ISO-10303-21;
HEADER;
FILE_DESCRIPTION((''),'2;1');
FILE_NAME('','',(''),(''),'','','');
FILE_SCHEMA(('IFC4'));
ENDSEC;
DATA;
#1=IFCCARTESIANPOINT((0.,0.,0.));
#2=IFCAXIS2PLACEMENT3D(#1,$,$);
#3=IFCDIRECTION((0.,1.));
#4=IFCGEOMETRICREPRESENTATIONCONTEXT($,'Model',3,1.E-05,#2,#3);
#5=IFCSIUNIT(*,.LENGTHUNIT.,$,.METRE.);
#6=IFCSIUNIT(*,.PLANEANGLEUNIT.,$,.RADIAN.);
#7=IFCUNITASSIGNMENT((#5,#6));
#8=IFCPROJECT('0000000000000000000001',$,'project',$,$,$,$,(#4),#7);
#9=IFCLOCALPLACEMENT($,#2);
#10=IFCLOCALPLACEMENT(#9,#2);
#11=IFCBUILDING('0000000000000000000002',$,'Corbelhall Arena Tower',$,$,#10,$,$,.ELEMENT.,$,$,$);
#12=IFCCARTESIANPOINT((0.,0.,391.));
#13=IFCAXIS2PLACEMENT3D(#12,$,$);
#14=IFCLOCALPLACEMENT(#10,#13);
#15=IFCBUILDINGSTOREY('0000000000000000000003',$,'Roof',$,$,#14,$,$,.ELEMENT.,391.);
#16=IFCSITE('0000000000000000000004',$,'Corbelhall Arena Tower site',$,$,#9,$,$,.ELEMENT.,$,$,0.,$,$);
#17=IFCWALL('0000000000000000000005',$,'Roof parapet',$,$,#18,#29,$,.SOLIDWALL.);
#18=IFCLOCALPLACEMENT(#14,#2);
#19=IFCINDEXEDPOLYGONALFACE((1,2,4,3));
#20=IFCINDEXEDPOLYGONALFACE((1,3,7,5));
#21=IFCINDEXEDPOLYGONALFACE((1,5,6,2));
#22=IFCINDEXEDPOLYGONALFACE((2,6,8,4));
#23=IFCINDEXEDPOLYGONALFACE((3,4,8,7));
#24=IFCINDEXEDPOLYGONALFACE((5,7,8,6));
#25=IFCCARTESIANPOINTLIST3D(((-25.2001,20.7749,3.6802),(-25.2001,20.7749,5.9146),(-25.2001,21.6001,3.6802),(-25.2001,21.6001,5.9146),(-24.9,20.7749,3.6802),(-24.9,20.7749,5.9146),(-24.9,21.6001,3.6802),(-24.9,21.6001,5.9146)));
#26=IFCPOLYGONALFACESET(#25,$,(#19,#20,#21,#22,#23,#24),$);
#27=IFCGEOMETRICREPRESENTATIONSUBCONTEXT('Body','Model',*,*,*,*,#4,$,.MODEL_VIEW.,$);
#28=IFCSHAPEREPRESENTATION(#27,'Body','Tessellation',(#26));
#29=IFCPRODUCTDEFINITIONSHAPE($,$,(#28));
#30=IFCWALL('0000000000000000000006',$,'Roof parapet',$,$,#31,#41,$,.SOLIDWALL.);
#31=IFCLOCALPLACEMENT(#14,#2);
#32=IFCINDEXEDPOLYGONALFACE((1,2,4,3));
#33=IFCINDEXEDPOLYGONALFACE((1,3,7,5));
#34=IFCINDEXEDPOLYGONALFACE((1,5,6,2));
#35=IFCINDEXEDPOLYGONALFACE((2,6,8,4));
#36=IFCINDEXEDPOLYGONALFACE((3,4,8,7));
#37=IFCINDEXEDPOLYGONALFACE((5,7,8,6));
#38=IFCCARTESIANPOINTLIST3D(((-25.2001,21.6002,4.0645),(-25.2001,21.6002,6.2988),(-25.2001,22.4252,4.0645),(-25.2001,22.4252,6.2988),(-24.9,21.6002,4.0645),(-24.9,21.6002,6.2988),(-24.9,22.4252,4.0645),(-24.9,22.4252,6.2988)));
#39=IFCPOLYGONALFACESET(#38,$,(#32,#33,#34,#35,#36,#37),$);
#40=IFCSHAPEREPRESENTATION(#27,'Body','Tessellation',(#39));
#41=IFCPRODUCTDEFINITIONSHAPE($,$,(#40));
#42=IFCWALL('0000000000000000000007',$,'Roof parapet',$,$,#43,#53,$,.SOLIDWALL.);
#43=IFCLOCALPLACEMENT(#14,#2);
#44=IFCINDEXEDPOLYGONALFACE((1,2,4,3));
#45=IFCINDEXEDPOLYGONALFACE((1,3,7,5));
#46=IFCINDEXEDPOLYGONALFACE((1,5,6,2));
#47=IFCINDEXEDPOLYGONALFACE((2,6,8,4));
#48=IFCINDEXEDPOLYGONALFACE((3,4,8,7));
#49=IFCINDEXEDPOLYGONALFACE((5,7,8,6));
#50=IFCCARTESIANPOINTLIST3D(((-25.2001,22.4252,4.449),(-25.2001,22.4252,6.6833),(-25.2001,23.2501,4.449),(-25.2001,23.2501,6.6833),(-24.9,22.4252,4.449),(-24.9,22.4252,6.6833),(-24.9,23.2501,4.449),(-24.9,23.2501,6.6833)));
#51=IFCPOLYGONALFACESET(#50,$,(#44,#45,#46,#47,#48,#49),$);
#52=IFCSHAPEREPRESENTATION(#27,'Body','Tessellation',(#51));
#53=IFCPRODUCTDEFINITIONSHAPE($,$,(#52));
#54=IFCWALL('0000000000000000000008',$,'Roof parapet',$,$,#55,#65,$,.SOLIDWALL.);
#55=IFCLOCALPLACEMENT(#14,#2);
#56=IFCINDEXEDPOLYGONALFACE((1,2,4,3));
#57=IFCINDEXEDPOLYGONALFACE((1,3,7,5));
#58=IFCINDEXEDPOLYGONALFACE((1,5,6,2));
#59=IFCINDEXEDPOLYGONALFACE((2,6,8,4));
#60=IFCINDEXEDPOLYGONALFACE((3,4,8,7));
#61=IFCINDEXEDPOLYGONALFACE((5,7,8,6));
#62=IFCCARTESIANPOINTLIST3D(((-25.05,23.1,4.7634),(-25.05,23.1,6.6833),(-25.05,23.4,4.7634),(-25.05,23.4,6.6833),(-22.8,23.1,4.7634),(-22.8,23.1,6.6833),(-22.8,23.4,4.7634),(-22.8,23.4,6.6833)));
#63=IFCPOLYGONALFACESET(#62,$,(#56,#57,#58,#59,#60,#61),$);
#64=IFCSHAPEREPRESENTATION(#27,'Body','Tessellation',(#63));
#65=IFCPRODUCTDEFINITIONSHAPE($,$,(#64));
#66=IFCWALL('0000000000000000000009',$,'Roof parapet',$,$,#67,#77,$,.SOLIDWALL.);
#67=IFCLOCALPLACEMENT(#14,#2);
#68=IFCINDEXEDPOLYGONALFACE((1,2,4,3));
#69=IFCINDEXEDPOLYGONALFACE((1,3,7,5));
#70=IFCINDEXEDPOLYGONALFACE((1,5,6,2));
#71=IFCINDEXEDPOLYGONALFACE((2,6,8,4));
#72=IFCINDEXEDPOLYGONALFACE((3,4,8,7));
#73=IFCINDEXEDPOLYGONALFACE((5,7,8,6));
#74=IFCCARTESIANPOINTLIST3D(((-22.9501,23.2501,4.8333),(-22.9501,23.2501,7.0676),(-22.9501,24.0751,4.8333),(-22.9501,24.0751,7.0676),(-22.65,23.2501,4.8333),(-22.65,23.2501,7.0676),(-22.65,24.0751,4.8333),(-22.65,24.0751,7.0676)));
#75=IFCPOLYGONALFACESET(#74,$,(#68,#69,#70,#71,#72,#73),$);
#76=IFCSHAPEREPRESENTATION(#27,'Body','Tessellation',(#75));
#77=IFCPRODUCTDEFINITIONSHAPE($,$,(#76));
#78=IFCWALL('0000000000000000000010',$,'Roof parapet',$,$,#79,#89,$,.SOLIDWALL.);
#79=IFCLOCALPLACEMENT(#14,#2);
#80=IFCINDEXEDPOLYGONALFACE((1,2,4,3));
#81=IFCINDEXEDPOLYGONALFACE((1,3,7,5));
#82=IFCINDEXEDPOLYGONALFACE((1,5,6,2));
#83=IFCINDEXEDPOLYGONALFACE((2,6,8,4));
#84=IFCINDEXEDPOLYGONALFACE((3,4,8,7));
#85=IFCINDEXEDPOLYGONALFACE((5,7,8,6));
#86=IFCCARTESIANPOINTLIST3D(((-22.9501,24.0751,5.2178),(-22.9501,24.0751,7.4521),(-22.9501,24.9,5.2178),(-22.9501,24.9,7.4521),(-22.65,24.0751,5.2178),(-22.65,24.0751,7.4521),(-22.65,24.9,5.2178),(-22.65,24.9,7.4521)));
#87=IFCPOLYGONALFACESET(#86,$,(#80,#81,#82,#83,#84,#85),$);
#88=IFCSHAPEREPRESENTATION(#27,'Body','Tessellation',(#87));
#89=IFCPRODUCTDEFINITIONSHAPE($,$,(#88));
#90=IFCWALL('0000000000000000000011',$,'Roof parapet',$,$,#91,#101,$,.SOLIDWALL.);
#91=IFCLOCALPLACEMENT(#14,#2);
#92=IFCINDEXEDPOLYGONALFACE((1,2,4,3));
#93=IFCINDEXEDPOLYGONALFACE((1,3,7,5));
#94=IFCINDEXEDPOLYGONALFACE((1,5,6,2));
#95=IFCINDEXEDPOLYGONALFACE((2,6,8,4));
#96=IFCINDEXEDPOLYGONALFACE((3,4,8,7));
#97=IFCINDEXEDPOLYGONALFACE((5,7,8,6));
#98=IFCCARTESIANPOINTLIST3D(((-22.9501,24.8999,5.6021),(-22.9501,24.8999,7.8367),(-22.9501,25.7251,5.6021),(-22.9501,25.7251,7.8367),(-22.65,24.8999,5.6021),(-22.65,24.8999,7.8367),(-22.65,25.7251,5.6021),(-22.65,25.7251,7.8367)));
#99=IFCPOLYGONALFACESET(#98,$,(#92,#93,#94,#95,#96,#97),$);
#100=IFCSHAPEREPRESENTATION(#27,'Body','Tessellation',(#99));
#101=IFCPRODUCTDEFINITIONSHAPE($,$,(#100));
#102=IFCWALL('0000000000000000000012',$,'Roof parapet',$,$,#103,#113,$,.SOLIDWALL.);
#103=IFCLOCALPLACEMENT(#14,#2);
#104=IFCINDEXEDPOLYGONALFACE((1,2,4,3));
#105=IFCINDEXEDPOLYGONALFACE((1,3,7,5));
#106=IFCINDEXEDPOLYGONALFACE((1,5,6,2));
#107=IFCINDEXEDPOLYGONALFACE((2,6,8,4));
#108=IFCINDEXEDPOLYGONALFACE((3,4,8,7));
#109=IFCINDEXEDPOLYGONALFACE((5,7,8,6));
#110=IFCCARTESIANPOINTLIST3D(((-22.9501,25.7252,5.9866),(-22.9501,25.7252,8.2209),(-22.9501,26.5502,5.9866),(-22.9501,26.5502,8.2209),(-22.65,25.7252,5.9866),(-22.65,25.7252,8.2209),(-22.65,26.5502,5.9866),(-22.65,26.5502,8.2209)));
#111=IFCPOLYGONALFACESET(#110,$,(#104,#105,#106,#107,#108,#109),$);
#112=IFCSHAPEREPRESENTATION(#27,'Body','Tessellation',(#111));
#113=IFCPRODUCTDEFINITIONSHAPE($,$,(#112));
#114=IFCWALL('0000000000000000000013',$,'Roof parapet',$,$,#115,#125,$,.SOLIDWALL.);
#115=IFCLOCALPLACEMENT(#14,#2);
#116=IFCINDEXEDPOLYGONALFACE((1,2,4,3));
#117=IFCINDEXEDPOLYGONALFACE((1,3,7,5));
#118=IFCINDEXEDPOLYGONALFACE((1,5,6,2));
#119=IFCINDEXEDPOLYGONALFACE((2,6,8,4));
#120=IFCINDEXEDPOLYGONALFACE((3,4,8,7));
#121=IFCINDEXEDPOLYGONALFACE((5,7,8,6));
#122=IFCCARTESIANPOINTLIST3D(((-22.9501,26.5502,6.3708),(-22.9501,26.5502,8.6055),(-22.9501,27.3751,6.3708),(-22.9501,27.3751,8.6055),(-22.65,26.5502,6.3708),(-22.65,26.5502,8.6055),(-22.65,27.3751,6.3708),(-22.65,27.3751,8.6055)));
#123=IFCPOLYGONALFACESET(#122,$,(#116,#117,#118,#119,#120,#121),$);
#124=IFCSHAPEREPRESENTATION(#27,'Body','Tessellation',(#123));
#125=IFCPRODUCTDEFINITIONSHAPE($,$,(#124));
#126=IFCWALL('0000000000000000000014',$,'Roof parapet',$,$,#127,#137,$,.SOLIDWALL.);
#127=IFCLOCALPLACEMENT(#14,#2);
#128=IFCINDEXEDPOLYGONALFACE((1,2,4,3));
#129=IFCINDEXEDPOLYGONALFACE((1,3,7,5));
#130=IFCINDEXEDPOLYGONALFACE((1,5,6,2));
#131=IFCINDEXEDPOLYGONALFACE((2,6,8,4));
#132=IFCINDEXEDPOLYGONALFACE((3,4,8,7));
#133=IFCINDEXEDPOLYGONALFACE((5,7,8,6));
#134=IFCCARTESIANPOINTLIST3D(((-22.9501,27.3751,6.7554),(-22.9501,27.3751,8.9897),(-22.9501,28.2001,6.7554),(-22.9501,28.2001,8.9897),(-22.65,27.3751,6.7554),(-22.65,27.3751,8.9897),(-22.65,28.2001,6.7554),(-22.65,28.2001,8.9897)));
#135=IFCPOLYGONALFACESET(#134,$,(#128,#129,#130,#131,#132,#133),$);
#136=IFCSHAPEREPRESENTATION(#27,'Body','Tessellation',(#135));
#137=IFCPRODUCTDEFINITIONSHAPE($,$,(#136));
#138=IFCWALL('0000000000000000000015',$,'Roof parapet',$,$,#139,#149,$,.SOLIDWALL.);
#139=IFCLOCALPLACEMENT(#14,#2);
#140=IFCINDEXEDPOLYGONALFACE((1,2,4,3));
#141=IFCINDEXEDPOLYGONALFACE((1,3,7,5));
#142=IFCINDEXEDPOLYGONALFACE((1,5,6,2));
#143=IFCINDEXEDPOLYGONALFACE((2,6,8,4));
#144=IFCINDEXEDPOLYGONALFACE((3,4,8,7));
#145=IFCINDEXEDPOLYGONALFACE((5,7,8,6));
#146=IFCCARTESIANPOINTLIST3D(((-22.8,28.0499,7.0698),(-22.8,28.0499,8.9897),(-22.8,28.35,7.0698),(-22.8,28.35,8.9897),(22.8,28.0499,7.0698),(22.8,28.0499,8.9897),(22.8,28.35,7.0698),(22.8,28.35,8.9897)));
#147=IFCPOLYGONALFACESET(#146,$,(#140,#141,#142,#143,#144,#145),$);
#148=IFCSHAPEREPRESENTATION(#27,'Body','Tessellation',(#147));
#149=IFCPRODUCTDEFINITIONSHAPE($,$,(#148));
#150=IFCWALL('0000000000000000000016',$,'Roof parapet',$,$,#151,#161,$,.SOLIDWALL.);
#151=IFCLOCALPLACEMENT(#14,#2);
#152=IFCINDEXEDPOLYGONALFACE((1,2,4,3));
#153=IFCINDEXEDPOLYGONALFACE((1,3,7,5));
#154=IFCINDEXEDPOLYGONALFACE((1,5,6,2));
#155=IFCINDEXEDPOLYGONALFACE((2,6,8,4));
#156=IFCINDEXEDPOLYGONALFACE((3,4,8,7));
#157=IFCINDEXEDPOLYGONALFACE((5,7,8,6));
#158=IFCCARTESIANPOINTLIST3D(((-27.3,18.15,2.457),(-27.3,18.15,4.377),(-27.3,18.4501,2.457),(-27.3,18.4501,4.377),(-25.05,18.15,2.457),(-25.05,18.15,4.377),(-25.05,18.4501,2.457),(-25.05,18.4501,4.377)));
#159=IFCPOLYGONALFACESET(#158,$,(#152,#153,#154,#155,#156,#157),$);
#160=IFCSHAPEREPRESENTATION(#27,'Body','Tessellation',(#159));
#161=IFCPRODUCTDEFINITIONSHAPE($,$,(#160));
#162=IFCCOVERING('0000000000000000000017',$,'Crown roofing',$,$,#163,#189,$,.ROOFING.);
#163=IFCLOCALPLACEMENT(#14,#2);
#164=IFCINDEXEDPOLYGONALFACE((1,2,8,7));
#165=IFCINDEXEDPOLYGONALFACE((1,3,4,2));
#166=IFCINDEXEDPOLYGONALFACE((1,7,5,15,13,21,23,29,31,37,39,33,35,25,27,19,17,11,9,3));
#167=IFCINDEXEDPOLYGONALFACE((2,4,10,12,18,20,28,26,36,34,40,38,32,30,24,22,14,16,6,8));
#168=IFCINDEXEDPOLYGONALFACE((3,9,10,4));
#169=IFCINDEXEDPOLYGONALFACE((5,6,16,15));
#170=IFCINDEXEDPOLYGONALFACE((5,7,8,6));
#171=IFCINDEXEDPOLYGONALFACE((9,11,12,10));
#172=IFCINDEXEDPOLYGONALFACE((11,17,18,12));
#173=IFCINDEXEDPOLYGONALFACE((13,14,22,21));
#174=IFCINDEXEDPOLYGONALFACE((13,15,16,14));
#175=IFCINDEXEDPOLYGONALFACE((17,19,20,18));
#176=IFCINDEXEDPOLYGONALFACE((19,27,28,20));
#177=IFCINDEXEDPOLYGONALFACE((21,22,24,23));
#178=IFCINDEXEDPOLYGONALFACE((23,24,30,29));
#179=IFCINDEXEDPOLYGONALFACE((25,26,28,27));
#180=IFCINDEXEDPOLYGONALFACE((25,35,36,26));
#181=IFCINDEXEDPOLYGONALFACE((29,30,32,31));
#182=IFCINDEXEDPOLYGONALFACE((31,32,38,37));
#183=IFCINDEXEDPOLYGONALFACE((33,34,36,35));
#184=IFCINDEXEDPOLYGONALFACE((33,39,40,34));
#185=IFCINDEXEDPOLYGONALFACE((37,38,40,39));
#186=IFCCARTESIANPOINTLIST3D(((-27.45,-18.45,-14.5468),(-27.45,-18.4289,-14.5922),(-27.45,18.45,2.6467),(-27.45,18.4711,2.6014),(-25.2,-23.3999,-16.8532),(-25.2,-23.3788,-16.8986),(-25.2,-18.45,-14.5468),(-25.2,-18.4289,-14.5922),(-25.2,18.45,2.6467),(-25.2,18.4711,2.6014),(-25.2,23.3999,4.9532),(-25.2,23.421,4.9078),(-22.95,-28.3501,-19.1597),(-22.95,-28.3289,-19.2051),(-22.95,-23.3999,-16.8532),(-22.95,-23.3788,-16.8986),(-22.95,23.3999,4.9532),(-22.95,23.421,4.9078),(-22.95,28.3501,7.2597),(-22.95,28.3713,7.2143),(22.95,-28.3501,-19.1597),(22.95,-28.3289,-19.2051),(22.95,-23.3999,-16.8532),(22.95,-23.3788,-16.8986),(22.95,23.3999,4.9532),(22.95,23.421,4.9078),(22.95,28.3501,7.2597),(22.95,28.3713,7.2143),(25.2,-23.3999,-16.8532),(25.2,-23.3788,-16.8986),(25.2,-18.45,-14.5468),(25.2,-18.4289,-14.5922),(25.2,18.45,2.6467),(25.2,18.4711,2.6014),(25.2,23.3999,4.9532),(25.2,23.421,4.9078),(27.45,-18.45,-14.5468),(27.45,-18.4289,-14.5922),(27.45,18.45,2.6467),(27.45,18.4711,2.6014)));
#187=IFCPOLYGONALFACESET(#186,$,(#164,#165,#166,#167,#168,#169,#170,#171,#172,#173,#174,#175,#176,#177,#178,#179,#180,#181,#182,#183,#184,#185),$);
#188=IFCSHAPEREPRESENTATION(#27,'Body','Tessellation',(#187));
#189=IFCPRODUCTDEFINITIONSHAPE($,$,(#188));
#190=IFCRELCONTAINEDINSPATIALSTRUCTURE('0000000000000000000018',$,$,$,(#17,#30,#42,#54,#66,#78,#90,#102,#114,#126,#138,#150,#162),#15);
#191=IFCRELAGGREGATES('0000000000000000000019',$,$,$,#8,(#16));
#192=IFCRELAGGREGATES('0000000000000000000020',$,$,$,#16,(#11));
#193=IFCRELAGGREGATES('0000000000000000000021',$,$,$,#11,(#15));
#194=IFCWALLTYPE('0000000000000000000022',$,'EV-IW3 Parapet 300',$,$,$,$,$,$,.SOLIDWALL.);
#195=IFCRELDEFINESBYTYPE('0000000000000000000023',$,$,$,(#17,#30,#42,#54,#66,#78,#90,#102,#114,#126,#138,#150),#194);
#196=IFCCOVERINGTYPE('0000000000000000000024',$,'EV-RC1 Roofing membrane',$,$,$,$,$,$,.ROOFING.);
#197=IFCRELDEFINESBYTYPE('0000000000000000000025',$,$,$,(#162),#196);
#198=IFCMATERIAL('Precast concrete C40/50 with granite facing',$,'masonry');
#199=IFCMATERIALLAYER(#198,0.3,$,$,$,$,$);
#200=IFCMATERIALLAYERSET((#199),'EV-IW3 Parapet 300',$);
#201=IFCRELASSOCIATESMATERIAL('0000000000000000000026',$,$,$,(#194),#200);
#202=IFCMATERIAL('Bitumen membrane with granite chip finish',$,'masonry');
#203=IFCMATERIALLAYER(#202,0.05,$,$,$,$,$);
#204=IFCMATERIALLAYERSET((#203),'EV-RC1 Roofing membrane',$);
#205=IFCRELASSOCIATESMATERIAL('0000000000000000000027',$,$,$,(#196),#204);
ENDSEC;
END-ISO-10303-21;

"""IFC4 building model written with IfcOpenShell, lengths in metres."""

from ifc_helpers import new_model, si_unit, direction, frame, frame_2d, origin, place, context, subcontext, project, spatial, polyline, rectangle, outline, extrude, material, layer, layer_set, type_object, element, save


model = new_model("IFC4")

# Units and contexts
model_context = context("Model", 3, precision=1e-05, world=origin(), true_north=direction((0.0, 1.0)))
body_context = subcontext(model_context, "Body", "Model", "MODEL_VIEW")
ifc_project = project(units=[si_unit("LENGTHUNIT", "METRE"), si_unit("PLANEANGLEUNIT", "RADIAN")], contexts=[model_context])

# Site, building, storey
site_placement = place(None, origin())
site = spatial("IfcSite", under=ifc_project, at=site_placement, Name="Corbelhall Arena Tower site", CompositionType="ELEMENT", RefElevation=0.0)
building_placement = place(site_placement, origin())
building = spatial("IfcBuilding", under=site, at=building_placement, Name="Corbelhall Arena Tower", CompositionType="ELEMENT")
storey_placement = place(building_placement, frame((0.0, 0.0, 391.0)))
storey = spatial("IfcBuildingStorey", under=building, at=storey_placement, Name="Roof", CompositionType="ELEMENT", Elevation=391.0)

# Walls
ifc_material_1 = material(Name="Precast concrete C40/50 with granite facing", Category="masonry")
ifc_layer_1 = layer(ifc_material_1, 0.3)
ifc_layer_set_1 = layer_set([ifc_layer_1], Name="EV-IW3 Parapet 300")
wall_type = type_object("IfcWallType", Name="EV-IW3 Parapet 300", PredefinedType="SOLIDWALL", material=ifc_layer_set_1)
wall_1_placement = place(storey_placement, frame((-25.05, 20.7749, 3.6802), z_axis=(0.0, 0.0, 1.0), x_axis=(0.0, 1.0, 0.0)))
element("IfcWall", 1, at=wall_1_placement, inside=storey, type_object=wall_type, Name="Roof parapet", PredefinedType="SOLIDWALL", context=body_context, shape_type="SweptSolid", body=[
    extrude(rectangle(XDim=0.8252, YDim=0.3, at=frame_2d((0.4126, 0.0))), origin(), (0.0, 0.0, 1.0), 2.2344),
])
for number, where, z_axis, x_axis, name in (
    (2, (-25.05, 21.6001, 4.0645), (0.0, 0.0, 1.0), (0.0, 1.0, 0.0), "Roof parapet"),
    (3, (-25.05, 22.425, 4.449), (0.0, 0.0, 1.0), (0.0, 1.0, 0.0), "Roof parapet"),
):
    element("IfcWall", number, at=place(storey_placement, frame(where, z_axis=z_axis, x_axis=x_axis)), inside=storey, type_object=wall_type, Name=name, PredefinedType="SOLIDWALL", context=body_context, shape_type="SweptSolid", body=[
        extrude(rectangle(XDim=0.825, YDim=0.3, at=frame_2d((0.4126, 0.0))), origin(), (0.0, 0.0, 1.0), 2.2344),
    ])
wall_2_placement = place(storey_placement, frame((-25.05, 23.25, 4.7634), z_axis=(0.0, 0.0, 1.0), x_axis=(1.0, 0.0, 0.0)))
element("IfcWall", 4, at=wall_2_placement, inside=storey, type_object=wall_type, Name="Roof parapet", PredefinedType="SOLIDWALL", context=body_context, shape_type="SweptSolid", body=[
    extrude(rectangle(XDim=2.25, YDim=0.3, at=frame_2d((1.125, 0.0))), origin(), (0.0, 0.0, 1.0), 1.9199),
])
for number, where, z_axis, x_axis, name in (
    (5, (-22.8, 23.25, 4.8333), (0.0, 0.0, 1.0), (0.0, 1.0, 0.0), "Roof parapet"),
    (6, (-22.8, 24.075, 5.2178), (0.0, 0.0, 1.0), (0.0, 1.0, 0.0), "Roof parapet"),
):
    element("IfcWall", number, at=place(storey_placement, frame(where, z_axis=z_axis, x_axis=x_axis)), inside=storey, type_object=wall_type, Name=name, PredefinedType="SOLIDWALL", context=body_context, shape_type="SweptSolid", body=[
        extrude(rectangle(XDim=0.825, YDim=0.3, at=frame_2d((0.4126, 0.0))), origin(), (0.0, 0.0, 1.0), 2.2344),
    ])
wall_3_placement = place(storey_placement, frame((-22.8, 24.8999, 5.6021), z_axis=(0.0, 0.0, 1.0), x_axis=(0.0, 1.0, 0.0)))
element("IfcWall", 7, at=wall_3_placement, inside=storey, type_object=wall_type, Name="Roof parapet", PredefinedType="SOLIDWALL", context=body_context, shape_type="SweptSolid", body=[
    extrude(rectangle(XDim=0.8252, YDim=0.3, at=frame_2d((0.4126, 0.0))), origin(), (0.0, 0.0, 1.0), 2.2346),
])
wall_4_placement = place(storey_placement, frame((-22.8, 25.7251, 5.9866), z_axis=(0.0, 0.0, 1.0), x_axis=(0.0, 1.0, 0.0)))
element("IfcWall", 8, at=wall_4_placement, inside=storey, type_object=wall_type, Name="Roof parapet", PredefinedType="SOLIDWALL", context=body_context, shape_type="SweptSolid", body=[
    extrude(rectangle(XDim=0.825, YDim=0.3, at=frame_2d((0.4126, 0.0))), origin(), (0.0, 0.0, 1.0), 2.2344),
])
wall_5_placement = place(storey_placement, frame((-22.8, 26.55, 6.3708), z_axis=(0.0, 0.0, 1.0), x_axis=(0.0, 1.0, 0.0)))
element("IfcWall", 9, at=wall_5_placement, inside=storey, type_object=wall_type, Name="Roof parapet", PredefinedType="SOLIDWALL", context=body_context, shape_type="SweptSolid", body=[
    extrude(rectangle(XDim=0.825, YDim=0.3, at=frame_2d((0.4126, 0.0))), origin(), (0.0, 0.0, 1.0), 2.2346),
])
wall_6_placement = place(storey_placement, frame((-22.8, 27.375, 6.7554), z_axis=(0.0, 0.0, 1.0), x_axis=(0.0, 1.0, 0.0)))
element("IfcWall", 10, at=wall_6_placement, inside=storey, type_object=wall_type, Name="Roof parapet", PredefinedType="SOLIDWALL", context=body_context, shape_type="SweptSolid", body=[
    extrude(rectangle(XDim=0.825, YDim=0.3, at=frame_2d((0.4126, 0.0))), origin(), (0.0, 0.0, 1.0), 2.2344),
])
wall_7_placement = place(storey_placement, frame((-22.8, 28.2, 7.0698), z_axis=(0.0, 0.0, 1.0), x_axis=(1.0, 0.0, 0.0)))
element("IfcWall", 11, at=wall_7_placement, inside=storey, type_object=wall_type, Name="Roof parapet", PredefinedType="SOLIDWALL", context=body_context, shape_type="SweptSolid", body=[
    extrude(rectangle(XDim=45.6001, YDim=0.3, at=frame_2d((22.8, 0.0))), origin(), (0.0, 0.0, 1.0), 1.9199),
])
wall_8_placement = place(storey_placement, frame((-27.3, 18.3, 2.457), z_axis=(0.0, 0.0, 1.0), x_axis=(1.0, 0.0, 0.0)))
element("IfcWall", 12, at=wall_8_placement, inside=storey, type_object=wall_type, Name="Roof parapet", PredefinedType="SOLIDWALL", context=body_context, shape_type="SweptSolid", body=[
    extrude(rectangle(XDim=2.25, YDim=0.3, at=frame_2d((1.125, 0.0))), origin(), (0.0, 0.0, 1.0), 1.9199),
])

# Covering
ifc_material_2 = material(Name="Bitumen membrane with granite chip finish", Category="masonry")
ifc_layer_2 = layer(ifc_material_2, 0.05)
ifc_layer_set_2 = layer_set([ifc_layer_2], Name="EV-RC1 Roofing membrane")
covering_type = type_object("IfcCoveringType", Name="EV-RC1 Roofing membrane", PredefinedType="ROOFING", material=ifc_layer_set_2)
covering_placement = place(storey_placement, frame((-25.2, 18.45, 2.6467), z_axis=(0.0, -0.422352, 0.906432), x_axis=(0.0, 0.906432, 0.422352)))
element("IfcCovering", 13, at=covering_placement, inside=storey, type_object=covering_type, Name="Crown roofing", PredefinedType="ROOFING", context=body_context, shape_type="SweptSolid", body=[
    extrude(outline(polyline([(0.0, 0.0), (5.4609, 0.0), (5.4609, -2.25), (10.9221, -2.25), (10.9221, -48.1499), (5.4609, -48.1499), (5.4609, -50.3999), (0.0, -50.3999), (0.0, -52.6499), (-40.709, -52.6499), (-40.709, -50.3999), (-46.1699, -50.3999), (-46.1699, -48.1499), (-51.631, -48.1499), (-51.631, -2.25), (-46.1699, -2.25), (-46.1699, 0.0), (-40.709, 0.0), (-40.709, 2.25), (0.0, 2.25), (0.0, 0.0)])), origin(), (0.0, 0.0, -1.0), 0.05),
])

save(model, "model.ifc")
